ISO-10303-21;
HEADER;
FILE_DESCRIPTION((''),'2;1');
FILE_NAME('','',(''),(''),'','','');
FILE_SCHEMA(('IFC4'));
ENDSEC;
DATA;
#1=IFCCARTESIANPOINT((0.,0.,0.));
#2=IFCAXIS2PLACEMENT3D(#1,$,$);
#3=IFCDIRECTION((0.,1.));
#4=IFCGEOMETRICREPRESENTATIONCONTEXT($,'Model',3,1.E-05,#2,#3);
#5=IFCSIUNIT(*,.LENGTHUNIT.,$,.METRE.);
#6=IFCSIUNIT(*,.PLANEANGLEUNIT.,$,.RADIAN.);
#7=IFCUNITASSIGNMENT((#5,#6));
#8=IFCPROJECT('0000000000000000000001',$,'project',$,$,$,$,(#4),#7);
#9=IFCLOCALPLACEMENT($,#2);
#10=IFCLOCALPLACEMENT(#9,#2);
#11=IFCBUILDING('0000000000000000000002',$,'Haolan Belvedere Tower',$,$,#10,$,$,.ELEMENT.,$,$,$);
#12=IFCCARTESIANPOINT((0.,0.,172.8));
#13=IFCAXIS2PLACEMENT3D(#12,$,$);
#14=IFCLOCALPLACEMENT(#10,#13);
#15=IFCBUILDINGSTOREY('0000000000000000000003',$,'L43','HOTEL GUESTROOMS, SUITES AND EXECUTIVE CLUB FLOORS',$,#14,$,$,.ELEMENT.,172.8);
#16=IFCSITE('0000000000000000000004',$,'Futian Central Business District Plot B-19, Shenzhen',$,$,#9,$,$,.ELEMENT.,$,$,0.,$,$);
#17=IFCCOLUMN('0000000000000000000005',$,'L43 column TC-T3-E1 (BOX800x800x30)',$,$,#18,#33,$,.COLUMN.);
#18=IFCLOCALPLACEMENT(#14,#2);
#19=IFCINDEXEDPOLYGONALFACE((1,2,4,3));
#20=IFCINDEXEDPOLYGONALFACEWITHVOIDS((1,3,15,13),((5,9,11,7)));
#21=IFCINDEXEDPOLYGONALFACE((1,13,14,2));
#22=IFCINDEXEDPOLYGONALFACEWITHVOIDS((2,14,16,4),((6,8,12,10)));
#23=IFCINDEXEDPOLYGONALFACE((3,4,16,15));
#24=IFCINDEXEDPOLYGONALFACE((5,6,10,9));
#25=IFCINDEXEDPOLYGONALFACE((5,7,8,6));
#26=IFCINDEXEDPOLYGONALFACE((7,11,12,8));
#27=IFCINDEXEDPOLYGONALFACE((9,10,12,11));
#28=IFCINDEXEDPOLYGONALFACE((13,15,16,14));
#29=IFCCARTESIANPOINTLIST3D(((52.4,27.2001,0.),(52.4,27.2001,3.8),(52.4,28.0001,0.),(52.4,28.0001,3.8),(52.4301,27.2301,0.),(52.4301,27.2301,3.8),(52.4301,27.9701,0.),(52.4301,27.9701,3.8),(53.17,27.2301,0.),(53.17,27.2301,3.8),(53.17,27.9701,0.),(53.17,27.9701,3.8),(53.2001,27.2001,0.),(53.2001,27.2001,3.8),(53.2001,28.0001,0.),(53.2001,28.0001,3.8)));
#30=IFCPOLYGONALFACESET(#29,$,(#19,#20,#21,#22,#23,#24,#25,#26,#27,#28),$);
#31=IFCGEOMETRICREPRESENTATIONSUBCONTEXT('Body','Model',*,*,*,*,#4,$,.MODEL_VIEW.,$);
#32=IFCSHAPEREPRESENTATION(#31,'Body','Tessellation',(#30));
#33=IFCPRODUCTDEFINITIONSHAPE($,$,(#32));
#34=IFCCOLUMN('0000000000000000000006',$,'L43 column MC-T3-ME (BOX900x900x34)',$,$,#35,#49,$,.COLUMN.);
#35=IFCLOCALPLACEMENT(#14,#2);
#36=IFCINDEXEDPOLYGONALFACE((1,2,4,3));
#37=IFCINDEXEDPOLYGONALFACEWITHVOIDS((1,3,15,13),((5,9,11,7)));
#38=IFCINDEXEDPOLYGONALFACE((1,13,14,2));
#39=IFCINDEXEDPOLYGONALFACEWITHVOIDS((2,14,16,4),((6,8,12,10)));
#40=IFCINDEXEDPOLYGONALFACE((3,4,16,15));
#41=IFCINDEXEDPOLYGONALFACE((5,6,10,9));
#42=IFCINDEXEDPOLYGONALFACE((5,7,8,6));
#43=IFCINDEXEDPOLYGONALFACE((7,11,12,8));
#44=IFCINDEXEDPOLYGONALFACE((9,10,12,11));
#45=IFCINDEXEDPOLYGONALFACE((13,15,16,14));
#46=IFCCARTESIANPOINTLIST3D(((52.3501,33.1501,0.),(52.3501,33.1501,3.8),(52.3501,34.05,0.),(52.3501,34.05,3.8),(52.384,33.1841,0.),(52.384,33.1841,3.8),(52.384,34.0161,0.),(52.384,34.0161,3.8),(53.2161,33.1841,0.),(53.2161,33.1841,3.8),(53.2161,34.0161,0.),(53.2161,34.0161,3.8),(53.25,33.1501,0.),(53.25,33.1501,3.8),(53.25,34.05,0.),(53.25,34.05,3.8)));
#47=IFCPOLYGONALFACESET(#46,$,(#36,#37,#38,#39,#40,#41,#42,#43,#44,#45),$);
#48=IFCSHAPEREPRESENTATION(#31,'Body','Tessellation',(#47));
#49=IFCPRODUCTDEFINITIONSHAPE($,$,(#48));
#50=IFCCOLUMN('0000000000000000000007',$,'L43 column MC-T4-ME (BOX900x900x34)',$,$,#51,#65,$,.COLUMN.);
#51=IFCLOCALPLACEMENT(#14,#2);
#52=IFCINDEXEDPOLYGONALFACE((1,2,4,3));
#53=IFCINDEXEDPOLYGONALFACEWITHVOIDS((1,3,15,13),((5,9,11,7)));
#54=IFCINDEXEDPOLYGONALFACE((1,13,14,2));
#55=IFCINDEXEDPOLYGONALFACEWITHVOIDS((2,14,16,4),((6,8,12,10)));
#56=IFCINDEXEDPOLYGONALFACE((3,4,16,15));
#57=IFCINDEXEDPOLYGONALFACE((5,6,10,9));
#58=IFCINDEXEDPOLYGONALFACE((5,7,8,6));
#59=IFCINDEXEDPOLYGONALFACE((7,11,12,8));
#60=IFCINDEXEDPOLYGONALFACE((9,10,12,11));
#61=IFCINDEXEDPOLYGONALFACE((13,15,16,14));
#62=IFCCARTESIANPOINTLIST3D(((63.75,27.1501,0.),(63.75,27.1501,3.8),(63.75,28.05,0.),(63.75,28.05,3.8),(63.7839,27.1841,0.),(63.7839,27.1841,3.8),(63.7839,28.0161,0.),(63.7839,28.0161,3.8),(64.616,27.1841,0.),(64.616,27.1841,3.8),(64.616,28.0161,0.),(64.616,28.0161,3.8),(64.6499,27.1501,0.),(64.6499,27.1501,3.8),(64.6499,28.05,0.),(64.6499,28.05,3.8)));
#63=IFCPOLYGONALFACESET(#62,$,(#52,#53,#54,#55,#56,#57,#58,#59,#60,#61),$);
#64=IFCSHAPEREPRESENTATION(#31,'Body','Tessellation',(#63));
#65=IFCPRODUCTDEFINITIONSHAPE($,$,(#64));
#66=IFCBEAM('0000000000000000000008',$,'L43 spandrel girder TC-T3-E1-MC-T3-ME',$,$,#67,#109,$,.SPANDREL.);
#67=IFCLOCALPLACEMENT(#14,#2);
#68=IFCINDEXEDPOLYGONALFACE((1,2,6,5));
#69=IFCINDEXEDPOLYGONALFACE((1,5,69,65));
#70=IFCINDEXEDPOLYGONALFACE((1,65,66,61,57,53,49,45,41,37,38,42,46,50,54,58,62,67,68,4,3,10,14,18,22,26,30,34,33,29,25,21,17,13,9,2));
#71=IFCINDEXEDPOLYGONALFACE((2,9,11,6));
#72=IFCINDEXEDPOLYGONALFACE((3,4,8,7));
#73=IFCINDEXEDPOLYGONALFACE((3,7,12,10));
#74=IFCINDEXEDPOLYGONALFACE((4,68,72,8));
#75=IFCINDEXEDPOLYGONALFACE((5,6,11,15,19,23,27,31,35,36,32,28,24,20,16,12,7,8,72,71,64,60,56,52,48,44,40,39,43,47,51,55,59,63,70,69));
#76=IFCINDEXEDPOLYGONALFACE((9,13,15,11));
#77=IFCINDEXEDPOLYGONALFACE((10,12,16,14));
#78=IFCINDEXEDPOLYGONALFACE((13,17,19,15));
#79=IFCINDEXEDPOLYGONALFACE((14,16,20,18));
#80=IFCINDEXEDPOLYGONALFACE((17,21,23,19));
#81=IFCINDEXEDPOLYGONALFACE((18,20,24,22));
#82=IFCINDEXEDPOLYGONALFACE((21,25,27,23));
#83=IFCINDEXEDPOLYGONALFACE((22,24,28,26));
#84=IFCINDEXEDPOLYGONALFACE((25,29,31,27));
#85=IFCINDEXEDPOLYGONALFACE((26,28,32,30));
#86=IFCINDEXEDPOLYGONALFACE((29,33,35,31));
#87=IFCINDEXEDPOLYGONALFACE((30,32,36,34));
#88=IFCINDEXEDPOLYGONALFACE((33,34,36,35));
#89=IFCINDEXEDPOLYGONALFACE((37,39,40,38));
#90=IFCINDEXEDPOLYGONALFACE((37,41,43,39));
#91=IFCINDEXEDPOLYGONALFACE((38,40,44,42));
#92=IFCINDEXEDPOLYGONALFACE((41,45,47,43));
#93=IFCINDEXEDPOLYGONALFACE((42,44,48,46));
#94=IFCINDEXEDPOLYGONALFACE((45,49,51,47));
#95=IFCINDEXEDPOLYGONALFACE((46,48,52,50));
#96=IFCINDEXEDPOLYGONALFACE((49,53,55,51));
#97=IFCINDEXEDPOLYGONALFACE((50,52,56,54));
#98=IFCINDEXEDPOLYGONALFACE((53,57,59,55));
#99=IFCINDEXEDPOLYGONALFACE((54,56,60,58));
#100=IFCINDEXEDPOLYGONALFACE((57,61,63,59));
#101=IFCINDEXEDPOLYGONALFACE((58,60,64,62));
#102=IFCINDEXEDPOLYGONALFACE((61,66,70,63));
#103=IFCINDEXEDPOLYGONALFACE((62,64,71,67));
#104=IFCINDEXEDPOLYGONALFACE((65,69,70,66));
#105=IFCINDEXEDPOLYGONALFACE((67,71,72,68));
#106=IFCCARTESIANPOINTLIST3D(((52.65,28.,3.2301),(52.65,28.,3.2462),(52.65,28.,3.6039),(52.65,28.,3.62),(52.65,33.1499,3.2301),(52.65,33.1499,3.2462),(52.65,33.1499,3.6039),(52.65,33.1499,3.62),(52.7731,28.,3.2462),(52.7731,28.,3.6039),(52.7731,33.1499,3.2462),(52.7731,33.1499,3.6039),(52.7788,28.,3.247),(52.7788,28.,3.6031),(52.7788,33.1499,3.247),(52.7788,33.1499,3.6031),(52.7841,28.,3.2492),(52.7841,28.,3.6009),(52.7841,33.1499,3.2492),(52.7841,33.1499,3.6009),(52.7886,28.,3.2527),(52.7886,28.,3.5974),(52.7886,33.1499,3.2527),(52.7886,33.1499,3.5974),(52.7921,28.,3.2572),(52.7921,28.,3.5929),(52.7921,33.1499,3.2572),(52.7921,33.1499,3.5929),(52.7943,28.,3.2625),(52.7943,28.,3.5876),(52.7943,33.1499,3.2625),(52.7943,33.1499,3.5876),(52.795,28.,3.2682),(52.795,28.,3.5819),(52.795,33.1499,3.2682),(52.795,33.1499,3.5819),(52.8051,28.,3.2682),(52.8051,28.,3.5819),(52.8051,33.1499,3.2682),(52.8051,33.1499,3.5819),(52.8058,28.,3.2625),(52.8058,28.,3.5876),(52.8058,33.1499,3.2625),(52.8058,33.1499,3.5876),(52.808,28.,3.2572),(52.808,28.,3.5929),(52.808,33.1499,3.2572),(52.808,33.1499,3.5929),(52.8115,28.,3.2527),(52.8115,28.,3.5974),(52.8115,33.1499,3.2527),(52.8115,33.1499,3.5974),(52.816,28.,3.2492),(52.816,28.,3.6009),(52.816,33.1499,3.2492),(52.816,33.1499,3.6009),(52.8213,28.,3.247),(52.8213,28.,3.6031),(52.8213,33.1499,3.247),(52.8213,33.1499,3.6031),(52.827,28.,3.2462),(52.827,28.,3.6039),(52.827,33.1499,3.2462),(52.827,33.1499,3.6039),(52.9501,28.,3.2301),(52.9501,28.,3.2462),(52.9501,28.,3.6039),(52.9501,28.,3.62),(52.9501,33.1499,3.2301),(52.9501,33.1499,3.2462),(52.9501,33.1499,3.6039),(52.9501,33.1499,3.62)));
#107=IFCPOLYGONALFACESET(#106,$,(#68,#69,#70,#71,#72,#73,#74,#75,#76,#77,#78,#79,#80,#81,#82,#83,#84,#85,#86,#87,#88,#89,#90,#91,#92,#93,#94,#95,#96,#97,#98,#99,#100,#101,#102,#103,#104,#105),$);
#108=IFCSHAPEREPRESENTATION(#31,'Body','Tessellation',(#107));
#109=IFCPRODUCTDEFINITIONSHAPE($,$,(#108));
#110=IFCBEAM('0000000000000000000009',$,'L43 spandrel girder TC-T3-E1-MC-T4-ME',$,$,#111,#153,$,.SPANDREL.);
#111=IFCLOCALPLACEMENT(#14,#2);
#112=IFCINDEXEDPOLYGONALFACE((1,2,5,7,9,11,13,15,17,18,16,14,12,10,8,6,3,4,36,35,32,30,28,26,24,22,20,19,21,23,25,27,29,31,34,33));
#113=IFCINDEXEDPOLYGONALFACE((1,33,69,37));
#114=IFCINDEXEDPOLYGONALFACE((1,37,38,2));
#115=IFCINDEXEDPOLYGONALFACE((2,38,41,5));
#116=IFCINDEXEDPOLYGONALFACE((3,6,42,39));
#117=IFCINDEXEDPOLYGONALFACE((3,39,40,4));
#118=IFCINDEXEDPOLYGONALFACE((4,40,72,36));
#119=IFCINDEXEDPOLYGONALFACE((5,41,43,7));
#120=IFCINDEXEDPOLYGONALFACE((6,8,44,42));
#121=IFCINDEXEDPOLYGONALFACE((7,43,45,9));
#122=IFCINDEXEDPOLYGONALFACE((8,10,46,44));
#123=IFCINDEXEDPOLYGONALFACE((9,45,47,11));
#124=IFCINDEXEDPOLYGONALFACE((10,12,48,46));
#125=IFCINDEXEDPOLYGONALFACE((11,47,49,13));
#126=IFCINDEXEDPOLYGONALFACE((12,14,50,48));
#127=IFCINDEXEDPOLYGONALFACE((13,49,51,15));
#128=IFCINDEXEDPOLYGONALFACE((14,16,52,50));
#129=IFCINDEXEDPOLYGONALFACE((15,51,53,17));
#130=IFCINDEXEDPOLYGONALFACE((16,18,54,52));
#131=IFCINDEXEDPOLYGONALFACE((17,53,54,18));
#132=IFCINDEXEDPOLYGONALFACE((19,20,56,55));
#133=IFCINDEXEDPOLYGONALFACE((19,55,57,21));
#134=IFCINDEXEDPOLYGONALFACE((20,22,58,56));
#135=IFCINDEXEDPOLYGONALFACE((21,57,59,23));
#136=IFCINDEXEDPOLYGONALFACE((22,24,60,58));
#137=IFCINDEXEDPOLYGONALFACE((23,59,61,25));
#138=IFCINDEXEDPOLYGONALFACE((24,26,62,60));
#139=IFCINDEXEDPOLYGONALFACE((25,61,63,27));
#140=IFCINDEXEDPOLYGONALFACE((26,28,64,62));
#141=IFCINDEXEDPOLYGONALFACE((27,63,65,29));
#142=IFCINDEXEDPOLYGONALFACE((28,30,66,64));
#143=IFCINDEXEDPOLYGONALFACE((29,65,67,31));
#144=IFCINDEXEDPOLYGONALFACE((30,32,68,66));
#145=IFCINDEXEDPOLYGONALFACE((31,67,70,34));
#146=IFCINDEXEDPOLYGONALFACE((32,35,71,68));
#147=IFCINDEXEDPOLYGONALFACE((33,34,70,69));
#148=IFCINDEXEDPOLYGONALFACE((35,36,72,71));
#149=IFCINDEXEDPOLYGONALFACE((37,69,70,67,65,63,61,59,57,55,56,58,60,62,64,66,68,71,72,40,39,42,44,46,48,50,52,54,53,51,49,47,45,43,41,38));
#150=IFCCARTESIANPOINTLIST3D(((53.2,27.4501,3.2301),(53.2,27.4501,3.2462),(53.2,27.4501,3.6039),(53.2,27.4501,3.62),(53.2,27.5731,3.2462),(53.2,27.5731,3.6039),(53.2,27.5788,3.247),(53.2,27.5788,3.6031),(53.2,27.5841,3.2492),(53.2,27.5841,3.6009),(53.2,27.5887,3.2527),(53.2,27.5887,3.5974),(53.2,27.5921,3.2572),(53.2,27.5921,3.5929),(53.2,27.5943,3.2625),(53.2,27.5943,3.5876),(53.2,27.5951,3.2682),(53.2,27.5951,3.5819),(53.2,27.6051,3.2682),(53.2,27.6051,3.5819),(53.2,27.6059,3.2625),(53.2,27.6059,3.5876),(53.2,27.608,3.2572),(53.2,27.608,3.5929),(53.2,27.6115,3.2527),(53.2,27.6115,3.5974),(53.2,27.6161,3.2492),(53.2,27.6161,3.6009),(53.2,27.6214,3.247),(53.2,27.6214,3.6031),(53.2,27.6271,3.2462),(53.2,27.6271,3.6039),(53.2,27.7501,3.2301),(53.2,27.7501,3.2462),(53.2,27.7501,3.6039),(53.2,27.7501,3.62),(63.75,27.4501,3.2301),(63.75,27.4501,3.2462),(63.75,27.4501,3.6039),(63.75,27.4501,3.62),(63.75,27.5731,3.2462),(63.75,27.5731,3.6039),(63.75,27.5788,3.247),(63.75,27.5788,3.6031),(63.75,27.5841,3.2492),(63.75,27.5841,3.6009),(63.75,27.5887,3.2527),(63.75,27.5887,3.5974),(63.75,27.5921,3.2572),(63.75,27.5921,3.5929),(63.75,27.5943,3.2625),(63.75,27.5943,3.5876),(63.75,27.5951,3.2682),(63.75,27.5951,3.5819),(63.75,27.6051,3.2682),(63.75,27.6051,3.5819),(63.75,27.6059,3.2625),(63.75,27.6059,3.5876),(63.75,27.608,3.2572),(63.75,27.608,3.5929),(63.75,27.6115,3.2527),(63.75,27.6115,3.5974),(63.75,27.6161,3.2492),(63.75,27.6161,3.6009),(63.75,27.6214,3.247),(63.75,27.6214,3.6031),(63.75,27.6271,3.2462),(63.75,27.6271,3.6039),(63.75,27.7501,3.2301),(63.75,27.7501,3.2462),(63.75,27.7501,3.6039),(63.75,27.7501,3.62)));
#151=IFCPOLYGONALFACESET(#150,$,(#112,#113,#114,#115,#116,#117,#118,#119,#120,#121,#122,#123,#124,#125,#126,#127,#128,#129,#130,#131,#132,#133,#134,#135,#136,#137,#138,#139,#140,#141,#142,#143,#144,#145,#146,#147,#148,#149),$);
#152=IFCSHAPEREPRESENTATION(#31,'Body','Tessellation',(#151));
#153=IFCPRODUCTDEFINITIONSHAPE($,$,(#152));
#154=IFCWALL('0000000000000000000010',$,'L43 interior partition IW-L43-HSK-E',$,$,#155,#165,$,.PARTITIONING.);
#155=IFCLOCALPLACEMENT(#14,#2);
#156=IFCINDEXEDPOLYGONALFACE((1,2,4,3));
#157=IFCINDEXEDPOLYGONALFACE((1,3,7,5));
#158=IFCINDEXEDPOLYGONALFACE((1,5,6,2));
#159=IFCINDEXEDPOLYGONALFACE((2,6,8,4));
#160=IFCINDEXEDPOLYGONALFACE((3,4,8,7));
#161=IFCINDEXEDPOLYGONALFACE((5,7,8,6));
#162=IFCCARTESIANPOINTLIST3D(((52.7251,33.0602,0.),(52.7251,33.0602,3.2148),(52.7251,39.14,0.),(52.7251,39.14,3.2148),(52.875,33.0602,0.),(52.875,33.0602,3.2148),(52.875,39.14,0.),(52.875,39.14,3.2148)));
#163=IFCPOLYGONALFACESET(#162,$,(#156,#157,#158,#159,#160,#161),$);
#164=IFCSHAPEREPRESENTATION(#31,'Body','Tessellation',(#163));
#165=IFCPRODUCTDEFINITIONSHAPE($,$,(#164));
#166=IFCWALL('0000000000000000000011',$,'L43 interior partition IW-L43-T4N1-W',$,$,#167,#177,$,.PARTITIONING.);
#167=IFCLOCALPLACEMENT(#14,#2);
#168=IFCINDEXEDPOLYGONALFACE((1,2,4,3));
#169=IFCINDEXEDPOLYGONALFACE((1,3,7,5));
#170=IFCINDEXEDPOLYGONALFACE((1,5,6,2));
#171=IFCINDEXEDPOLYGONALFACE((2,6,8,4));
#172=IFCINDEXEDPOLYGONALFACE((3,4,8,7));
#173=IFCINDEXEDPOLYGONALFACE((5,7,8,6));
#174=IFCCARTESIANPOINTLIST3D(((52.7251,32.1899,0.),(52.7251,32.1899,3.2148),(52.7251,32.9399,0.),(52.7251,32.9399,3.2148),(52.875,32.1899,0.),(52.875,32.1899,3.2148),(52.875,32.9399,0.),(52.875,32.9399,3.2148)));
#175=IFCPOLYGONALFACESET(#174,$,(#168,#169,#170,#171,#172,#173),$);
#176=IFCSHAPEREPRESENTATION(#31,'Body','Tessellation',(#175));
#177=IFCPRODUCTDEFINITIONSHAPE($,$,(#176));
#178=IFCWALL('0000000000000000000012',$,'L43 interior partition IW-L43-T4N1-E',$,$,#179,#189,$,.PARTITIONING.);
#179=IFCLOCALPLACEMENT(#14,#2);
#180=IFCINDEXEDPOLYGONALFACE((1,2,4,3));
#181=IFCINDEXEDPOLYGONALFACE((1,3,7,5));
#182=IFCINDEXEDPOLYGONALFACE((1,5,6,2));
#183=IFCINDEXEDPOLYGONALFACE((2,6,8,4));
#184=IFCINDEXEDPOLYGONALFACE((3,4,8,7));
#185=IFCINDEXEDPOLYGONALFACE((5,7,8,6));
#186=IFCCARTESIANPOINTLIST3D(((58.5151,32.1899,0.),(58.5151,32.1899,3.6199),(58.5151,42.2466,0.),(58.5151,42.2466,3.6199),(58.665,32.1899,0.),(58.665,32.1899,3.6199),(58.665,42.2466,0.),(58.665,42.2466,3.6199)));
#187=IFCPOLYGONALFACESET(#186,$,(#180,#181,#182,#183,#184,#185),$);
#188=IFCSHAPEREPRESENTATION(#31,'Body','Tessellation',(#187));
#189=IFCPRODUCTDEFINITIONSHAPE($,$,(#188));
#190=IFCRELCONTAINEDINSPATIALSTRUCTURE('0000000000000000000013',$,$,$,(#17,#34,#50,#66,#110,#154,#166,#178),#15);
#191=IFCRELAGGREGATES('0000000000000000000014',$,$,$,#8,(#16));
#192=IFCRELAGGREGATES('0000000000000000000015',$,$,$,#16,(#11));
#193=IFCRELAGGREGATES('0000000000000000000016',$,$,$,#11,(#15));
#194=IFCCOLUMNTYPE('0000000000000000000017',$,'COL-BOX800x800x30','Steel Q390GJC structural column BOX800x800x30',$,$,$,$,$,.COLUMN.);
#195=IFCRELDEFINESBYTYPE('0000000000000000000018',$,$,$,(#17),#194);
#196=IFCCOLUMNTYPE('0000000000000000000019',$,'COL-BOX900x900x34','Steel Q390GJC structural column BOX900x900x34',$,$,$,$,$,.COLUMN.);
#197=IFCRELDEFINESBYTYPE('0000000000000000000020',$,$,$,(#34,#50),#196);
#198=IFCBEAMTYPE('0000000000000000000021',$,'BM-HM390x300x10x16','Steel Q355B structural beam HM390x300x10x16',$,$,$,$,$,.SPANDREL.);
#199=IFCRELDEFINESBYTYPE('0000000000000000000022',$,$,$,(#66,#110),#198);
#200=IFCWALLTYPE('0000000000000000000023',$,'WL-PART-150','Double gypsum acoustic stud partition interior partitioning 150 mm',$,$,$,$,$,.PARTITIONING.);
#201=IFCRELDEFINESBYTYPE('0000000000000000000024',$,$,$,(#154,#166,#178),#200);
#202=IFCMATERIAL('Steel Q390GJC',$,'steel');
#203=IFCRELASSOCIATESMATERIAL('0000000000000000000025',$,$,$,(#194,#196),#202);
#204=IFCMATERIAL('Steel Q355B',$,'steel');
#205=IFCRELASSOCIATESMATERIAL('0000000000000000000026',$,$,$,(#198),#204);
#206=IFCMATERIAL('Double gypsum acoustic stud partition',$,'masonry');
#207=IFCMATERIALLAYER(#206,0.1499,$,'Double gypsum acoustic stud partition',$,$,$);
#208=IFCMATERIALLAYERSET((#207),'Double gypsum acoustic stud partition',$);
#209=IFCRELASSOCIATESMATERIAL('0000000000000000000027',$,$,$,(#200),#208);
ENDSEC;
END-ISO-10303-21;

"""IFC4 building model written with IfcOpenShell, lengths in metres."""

from ifc_helpers import new_model, si_unit, direction, frame, frame_2d, origin, origin_2d, place, context, subcontext, project, spatial, rectangle, hollow_rectangle, i_section, extrude, material, layer, layer_set, material_profile, profile_set, type_object, element, save


model = new_model("IFC4")

# Units and contexts
model_context = context("Model", 3, precision=1e-05, world=origin(), true_north=direction((0.0, 1.0)))
body_context = subcontext(model_context, "Body", "Model", "MODEL_VIEW")
ifc_project = project(units=[si_unit("LENGTHUNIT", "METRE"), si_unit("PLANEANGLEUNIT", "RADIAN")], contexts=[model_context])

# Site, building, storey
site_placement = place(None, origin())
site = spatial("IfcSite", under=ifc_project, at=site_placement, Name="Futian Central Business District Plot B-19, Shenzhen", CompositionType="ELEMENT", RefElevation=0.0)
building_placement = place(site_placement, origin())
building = spatial("IfcBuilding", under=site, at=building_placement, Name="Haolan Belvedere Tower", CompositionType="ELEMENT")
storey_placement = place(building_placement, frame((0.0, 0.0, 172.8)))
storey = spatial("IfcBuildingStorey", under=building, at=storey_placement, Name="L43", Description="HOTEL GUESTROOMS, SUITES AND EXECUTIVE CLUB FLOORS", CompositionType="ELEMENT", Elevation=172.8)

# Columns
ifc_material_1 = material(Name="Steel Q390GJC", Category="steel")
ifc_material_profile_1 = material_profile(ifc_material_1, hollow_rectangle(XDim=0.8, YDim=0.8, WallThickness=0.03, at=origin_2d()), Name="Steel Q390GJC")
ifc_profile_set_1 = profile_set([ifc_material_profile_1], Name="Steel Q390GJC")
column_type_1 = type_object("IfcColumnType", Name="COL-BOX800x800x30", Description="Steel Q390GJC structural column BOX800x800x30", PredefinedType="COLUMN", material=ifc_profile_set_1)
column_placement = place(storey_placement, frame((52.8, 27.6001, 0.0), z_axis=(0.0, 0.0, 1.0), x_axis=(1.0, 0.0, 0.0)))
element("IfcColumn", 1, at=column_placement, inside=storey, type_object=column_type_1, Name="L43 column TC-T3-E1 (BOX800x800x30)", PredefinedType="COLUMN", context=body_context, shape_type="SweptSolid", body=[
    extrude(hollow_rectangle(XDim=0.8, YDim=0.8, WallThickness=0.03, at=origin_2d()), origin(), (0.0, 0.0, 1.0), 3.8),
])
ifc_material_profile_2 = material_profile(ifc_material_1, hollow_rectangle(XDim=0.8999, YDim=0.8999, WallThickness=0.0339, at=origin_2d()), Name="Steel Q390GJC")
ifc_profile_set_2 = profile_set([ifc_material_profile_2], Name="Steel Q390GJC")
column_type_2 = type_object("IfcColumnType", Name="COL-BOX900x900x34", Description="Steel Q390GJC structural column BOX900x900x34", PredefinedType="COLUMN", material=ifc_profile_set_2)
for number, where, z_axis, x_axis, name in (
    (2, (52.8, 33.6001, 0.0), (0.0, 0.0, 1.0), (1.0, 0.0, 0.0), "L43 column MC-T3-ME (BOX900x900x34)"),
    (3, (64.2, 27.6001, 0.0), (0.0, 0.0, 1.0), (1.0, 0.0, 0.0), "L43 column MC-T4-ME (BOX900x900x34)"),
):
    element("IfcColumn", number, at=place(storey_placement, frame(where, z_axis=z_axis, x_axis=x_axis)), inside=storey, type_object=column_type_2, Name=name, PredefinedType="COLUMN", context=body_context, shape_type="SweptSolid", body=[
        extrude(hollow_rectangle(XDim=0.8999, YDim=0.8999, WallThickness=0.0339, at=origin_2d()), origin(), (0.0, 0.0, 1.0), 3.8),
    ])

# Beams
ifc_material_2 = material(Name="Steel Q355B", Category="steel")
ifc_material_profile_3 = material_profile(ifc_material_2, i_section(OverallWidth=0.3, OverallDepth=0.3899, WebThickness=0.01, FlangeThickness=0.0161, FilletRadius=0.022, at=origin_2d()), Name="Steel Q355B")
ifc_profile_set_3 = profile_set([ifc_material_profile_3], Name="Steel Q355B")
beam_type = type_object("IfcBeamType", Name="BM-HM390x300x10x16", Description="Steel Q355B structural beam HM390x300x10x16", PredefinedType="SPANDREL", material=ifc_profile_set_3)
beam_1_placement = place(storey_placement, frame((52.8, 28.0, 3.425), z_axis=(0.0, 1.0, 0.0), x_axis=(-1.0, 0.0, 0.0)))
element("IfcBeam", 4, at=beam_1_placement, inside=storey, type_object=beam_type, Name="L43 spandrel girder TC-T3-E1-MC-T3-ME", PredefinedType="SPANDREL", context=body_context, shape_type="SweptSolid", body=[
    extrude(i_section(OverallWidth=0.3, OverallDepth=0.3899, WebThickness=0.01, FlangeThickness=0.0161, FilletRadius=0.022, at=origin_2d()), origin(), (0.0, 0.0, 1.0), 5.1499),
])
beam_2_placement = place(storey_placement, frame((53.2, 27.6001, 3.425), z_axis=(1.0, 0.0, 0.0), x_axis=(0.0, 1.0, 0.0)))
element("IfcBeam", 5, at=beam_2_placement, inside=storey, type_object=beam_type, Name="L43 spandrel girder TC-T3-E1-MC-T4-ME", PredefinedType="SPANDREL", context=body_context, shape_type="SweptSolid", body=[
    extrude(i_section(OverallWidth=0.3, OverallDepth=0.3899, WebThickness=0.01, FlangeThickness=0.0161, FilletRadius=0.022, at=origin_2d()), origin(), (0.0, 0.0, 1.0), 10.55),
])

# Walls
ifc_material_3 = material(Name="Double gypsum acoustic stud partition", Category="masonry")
ifc_layer_1 = layer(ifc_material_3, 0.1499, Name="Double gypsum acoustic stud partition")
ifc_layer_set_1 = layer_set([ifc_layer_1], Name="Double gypsum acoustic stud partition")
wall_type_1 = type_object("IfcWallType", Name="WL-PART-150", Description="Double gypsum acoustic stud partition interior partitioning 150 mm", PredefinedType="PARTITIONING", material=ifc_layer_set_1)
wall_1_placement = place(storey_placement, frame((52.8, 33.0601, 0.0), z_axis=(0.0, 0.0, 1.0), x_axis=(0.0, 1.0, 0.0)))
element("IfcWall", 6, at=wall_1_placement, inside=storey, type_object=wall_type_1, Name="L43 interior partition IW-L43-HSK-E", PredefinedType="PARTITIONING", context=body_context, shape_type="SweptSolid", body=[
    extrude(rectangle(XDim=6.0798, YDim=0.1499, at=frame_2d((3.04, 0.0))), origin(), (0.0, 0.0, 1.0), 3.2148),
])
wall_2_placement = place(storey_placement, frame((52.8, 32.1899, 0.0), z_axis=(0.0, 0.0, 1.0), x_axis=(0.0, 1.0, 0.0)))
element("IfcWall", 7, at=wall_2_placement, inside=storey, type_object=wall_type_1, Name="L43 interior partition IW-L43-T4N1-W", PredefinedType="PARTITIONING", context=body_context, shape_type="SweptSolid", body=[
    extrude(rectangle(XDim=0.75, YDim=0.1499, at=frame_2d((0.375, 0.0))), origin(), (0.0, 0.0, 1.0), 3.2148),
])
wall_3_placement = place(storey_placement, frame((58.5901, 32.1899, 0.0), z_axis=(0.0, 0.0, 1.0), x_axis=(0.0, 1.0, 0.0)))
element("IfcWall", 8, at=wall_3_placement, inside=storey, type_object=wall_type_1, Name="L43 interior partition IW-L43-T4N1-E", PredefinedType="PARTITIONING", context=body_context, shape_type="SweptSolid", body=[
    extrude(rectangle(XDim=10.0566, YDim=0.1499, at=frame_2d((5.0283, 0.0))), origin(), (0.0, 0.0, 1.0), 3.6199),
])

save(model, "model.ifc")
